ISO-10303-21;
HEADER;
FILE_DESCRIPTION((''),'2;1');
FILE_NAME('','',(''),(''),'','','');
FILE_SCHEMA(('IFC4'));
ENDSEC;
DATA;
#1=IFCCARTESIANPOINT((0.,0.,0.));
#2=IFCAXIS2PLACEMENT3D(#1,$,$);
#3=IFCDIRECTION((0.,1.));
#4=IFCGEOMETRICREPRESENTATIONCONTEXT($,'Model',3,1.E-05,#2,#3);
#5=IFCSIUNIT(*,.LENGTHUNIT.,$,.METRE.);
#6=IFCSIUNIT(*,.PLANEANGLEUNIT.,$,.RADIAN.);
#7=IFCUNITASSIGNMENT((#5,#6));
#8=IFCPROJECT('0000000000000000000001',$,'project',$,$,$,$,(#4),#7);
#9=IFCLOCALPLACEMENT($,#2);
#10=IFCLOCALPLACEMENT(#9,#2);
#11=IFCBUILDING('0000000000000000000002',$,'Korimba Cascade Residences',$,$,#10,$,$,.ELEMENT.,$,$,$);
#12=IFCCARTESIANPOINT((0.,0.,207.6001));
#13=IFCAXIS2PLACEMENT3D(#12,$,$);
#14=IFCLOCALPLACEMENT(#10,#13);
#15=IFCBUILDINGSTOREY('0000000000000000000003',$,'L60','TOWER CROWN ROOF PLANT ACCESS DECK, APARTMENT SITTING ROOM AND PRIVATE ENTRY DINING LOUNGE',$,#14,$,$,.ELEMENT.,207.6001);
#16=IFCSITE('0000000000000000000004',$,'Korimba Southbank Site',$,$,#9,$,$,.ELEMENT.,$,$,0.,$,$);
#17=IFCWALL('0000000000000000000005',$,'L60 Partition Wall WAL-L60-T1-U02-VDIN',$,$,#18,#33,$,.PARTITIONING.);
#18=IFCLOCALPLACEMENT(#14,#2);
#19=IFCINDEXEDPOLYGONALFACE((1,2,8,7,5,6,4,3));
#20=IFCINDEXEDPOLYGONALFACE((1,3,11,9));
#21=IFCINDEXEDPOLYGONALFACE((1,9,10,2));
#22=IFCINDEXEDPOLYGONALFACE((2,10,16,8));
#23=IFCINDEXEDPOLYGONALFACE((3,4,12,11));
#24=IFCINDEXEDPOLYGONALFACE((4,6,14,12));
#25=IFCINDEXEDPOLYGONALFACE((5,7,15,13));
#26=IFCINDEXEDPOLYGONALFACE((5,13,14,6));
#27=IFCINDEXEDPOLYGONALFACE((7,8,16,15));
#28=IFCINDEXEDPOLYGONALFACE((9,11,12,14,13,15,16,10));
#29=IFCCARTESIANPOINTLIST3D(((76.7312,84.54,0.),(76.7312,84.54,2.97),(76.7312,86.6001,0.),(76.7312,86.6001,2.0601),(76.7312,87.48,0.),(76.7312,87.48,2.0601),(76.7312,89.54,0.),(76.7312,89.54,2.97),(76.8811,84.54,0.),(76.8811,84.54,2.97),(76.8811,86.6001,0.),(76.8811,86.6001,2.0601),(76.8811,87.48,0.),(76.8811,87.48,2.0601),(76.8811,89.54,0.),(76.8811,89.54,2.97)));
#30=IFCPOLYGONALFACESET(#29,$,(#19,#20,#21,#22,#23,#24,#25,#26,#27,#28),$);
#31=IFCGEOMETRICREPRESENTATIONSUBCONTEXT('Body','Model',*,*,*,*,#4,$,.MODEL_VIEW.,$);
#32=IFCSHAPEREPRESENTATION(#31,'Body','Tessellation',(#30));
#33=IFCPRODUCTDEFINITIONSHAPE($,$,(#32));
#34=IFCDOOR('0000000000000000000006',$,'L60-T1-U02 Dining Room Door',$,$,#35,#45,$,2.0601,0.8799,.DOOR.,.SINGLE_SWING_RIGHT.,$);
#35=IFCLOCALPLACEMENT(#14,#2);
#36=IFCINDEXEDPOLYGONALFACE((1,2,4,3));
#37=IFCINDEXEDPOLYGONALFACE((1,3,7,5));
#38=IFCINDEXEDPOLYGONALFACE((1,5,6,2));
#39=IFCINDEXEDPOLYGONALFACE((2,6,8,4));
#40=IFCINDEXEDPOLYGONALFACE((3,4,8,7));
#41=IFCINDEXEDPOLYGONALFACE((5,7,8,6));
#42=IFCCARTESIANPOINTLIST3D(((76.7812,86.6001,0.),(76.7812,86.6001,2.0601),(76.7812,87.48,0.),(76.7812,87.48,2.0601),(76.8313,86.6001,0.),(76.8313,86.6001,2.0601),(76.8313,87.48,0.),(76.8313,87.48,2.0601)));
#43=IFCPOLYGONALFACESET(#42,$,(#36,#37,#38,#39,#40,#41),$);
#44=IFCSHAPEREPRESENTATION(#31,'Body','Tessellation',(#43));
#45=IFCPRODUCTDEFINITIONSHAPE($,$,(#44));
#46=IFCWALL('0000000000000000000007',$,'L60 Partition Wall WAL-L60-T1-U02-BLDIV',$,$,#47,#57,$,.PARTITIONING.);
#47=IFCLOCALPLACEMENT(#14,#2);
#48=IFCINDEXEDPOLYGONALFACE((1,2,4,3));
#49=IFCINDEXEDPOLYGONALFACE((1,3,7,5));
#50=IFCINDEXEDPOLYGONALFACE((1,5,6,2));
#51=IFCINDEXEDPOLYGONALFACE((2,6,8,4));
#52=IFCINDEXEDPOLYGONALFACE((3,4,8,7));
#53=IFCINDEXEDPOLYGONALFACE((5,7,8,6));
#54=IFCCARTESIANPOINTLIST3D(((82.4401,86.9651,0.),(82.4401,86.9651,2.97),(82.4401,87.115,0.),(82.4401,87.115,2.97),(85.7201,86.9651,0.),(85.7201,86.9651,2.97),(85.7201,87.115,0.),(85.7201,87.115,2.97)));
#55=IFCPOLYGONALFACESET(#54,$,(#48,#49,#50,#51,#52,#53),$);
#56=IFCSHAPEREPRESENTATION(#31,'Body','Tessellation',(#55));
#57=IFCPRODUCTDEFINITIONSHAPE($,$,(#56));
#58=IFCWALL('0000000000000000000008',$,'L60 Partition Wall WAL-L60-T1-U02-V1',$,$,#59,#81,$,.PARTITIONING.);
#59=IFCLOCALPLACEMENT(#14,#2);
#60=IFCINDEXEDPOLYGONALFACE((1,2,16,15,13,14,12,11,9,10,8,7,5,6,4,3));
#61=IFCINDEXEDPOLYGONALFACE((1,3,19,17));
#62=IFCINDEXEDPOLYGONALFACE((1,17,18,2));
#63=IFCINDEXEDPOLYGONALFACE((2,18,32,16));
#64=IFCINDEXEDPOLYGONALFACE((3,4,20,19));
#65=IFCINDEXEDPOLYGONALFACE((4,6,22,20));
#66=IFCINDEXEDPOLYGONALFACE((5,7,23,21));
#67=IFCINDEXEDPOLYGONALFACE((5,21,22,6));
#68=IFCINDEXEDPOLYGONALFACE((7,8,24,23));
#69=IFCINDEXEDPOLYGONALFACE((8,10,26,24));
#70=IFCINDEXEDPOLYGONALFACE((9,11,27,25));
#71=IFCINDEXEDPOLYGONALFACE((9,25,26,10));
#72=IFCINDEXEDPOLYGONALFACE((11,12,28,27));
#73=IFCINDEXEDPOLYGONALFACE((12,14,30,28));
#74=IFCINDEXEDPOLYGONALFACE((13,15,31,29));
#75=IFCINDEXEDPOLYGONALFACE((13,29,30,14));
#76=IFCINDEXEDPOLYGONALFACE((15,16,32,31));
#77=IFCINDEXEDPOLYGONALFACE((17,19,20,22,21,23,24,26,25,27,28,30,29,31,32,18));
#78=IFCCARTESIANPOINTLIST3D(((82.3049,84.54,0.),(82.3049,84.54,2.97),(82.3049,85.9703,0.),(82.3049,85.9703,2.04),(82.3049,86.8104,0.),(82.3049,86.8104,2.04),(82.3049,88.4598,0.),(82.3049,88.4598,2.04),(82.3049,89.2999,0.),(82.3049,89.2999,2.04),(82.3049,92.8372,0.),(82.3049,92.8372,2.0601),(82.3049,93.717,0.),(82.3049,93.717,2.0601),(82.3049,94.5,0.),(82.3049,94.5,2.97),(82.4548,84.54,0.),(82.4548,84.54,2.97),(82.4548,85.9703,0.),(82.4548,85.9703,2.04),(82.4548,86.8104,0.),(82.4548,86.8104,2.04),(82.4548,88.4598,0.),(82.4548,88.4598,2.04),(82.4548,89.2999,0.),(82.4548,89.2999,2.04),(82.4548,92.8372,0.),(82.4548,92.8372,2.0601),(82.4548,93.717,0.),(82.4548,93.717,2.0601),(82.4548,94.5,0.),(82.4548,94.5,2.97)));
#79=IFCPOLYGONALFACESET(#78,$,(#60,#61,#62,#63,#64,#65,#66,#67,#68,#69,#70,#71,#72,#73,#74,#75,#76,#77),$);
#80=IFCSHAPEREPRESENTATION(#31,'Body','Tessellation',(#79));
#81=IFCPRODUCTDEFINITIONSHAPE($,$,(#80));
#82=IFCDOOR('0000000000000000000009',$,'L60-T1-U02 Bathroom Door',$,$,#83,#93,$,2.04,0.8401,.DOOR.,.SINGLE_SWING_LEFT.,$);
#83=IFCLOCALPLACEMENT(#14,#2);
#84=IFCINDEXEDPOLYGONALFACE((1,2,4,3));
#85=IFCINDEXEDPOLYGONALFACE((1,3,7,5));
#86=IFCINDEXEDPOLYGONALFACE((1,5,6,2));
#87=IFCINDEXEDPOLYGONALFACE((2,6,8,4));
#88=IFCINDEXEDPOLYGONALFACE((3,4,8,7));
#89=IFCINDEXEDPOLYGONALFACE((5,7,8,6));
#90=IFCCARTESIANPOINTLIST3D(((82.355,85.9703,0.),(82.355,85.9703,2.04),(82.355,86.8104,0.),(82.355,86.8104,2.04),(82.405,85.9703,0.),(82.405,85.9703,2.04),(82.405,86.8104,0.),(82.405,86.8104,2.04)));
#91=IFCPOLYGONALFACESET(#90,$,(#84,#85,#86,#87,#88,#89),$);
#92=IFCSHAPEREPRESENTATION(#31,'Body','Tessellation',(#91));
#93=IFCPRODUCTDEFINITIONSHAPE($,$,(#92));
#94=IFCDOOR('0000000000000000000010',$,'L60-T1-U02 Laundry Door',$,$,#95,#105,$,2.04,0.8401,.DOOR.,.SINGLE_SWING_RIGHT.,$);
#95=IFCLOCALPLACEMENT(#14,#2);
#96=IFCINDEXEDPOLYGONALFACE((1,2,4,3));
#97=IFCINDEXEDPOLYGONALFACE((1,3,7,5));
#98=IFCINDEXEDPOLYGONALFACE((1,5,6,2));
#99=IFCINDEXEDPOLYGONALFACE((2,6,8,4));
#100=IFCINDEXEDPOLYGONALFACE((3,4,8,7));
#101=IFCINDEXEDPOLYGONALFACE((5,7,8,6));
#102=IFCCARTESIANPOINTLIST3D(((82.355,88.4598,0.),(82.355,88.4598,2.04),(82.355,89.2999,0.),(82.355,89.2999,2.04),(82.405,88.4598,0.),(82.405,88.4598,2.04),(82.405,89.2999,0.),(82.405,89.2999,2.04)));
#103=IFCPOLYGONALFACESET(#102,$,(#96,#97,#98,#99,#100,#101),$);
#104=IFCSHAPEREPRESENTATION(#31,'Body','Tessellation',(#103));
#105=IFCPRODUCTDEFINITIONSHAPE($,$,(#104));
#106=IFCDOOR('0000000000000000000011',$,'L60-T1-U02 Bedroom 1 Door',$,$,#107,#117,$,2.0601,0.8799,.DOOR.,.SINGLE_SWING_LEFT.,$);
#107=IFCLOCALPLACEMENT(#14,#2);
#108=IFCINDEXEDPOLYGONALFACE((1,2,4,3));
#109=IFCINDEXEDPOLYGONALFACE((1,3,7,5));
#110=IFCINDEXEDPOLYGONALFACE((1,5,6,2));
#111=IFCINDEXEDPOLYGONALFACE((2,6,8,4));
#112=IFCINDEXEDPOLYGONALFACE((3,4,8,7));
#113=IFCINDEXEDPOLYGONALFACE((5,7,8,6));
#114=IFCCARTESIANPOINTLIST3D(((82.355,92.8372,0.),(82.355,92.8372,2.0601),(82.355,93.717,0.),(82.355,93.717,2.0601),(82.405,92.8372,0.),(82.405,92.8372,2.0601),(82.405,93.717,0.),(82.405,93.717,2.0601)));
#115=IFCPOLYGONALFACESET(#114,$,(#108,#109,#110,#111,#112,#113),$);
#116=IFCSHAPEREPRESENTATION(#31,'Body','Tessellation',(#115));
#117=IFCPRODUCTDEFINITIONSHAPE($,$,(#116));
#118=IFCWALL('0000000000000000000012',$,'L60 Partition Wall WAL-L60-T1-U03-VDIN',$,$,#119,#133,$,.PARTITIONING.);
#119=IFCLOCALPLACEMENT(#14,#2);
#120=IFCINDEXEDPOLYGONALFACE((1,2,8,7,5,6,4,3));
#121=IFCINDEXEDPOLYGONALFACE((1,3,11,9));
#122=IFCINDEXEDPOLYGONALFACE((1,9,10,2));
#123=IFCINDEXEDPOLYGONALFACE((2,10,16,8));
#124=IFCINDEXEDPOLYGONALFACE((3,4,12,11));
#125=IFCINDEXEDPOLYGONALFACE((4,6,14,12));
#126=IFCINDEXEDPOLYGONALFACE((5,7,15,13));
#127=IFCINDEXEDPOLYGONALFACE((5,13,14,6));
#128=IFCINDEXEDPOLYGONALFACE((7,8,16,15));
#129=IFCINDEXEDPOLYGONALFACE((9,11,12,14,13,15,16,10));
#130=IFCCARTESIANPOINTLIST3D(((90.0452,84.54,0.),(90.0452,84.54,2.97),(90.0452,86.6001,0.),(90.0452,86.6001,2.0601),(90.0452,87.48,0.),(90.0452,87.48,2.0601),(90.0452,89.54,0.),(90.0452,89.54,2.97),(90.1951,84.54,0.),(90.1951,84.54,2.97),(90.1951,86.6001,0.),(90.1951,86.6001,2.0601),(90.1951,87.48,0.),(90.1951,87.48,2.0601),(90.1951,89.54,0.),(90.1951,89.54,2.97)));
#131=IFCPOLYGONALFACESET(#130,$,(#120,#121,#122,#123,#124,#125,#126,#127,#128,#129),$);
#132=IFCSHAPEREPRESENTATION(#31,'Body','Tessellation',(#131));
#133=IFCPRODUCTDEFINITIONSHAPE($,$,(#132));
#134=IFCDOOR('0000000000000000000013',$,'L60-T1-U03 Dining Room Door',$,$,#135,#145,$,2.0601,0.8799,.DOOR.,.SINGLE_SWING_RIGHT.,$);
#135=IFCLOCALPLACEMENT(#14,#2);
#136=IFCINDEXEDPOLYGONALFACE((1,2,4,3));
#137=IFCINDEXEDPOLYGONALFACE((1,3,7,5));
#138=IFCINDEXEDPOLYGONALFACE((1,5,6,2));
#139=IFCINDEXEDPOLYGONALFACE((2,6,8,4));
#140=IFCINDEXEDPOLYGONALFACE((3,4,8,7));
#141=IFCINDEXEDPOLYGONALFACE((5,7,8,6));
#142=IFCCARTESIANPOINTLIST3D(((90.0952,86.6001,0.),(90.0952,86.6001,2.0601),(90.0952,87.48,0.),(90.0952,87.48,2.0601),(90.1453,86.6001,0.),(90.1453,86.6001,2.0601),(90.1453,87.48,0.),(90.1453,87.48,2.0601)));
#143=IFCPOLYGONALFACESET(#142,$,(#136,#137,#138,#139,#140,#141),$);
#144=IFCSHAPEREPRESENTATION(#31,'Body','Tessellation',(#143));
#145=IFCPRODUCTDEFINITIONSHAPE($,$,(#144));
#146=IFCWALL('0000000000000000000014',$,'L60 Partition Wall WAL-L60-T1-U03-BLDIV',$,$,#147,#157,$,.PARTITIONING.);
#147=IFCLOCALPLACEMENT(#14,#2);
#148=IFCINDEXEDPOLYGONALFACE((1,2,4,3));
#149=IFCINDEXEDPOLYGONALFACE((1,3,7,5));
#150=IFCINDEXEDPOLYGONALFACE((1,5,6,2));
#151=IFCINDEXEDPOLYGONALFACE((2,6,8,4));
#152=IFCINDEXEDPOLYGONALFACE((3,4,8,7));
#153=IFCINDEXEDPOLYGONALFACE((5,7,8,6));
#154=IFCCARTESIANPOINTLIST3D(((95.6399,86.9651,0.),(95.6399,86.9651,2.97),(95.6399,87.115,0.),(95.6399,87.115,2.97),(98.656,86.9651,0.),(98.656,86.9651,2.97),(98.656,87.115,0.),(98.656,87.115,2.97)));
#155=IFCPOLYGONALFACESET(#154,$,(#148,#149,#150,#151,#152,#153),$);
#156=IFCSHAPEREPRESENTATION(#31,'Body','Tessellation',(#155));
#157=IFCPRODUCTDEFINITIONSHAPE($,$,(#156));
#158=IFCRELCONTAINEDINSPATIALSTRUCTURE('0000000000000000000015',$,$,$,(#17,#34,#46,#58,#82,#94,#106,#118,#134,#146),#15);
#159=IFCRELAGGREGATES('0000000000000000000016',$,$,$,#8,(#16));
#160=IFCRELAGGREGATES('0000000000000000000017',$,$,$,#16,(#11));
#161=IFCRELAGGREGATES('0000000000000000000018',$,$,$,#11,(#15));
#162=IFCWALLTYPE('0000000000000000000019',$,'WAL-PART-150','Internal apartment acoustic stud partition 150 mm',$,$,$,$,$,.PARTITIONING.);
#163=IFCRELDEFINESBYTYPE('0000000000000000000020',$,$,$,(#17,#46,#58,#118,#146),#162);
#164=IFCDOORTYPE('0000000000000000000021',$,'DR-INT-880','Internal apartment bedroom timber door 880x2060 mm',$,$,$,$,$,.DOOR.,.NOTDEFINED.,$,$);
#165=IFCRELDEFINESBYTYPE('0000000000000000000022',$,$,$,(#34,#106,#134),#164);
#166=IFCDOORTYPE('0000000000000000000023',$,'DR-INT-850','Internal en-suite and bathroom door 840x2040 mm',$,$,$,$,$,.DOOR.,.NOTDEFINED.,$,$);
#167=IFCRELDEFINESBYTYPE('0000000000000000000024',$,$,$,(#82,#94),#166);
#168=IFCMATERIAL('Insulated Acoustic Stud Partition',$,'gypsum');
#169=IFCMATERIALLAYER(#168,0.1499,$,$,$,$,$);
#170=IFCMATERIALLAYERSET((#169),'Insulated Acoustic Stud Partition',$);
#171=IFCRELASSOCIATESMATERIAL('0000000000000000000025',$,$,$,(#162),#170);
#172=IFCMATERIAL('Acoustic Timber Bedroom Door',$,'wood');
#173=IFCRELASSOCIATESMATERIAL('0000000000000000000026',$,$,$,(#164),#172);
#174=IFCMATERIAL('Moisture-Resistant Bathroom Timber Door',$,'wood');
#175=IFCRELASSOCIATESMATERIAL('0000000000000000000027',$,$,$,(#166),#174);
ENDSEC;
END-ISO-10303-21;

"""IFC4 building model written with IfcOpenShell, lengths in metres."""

from ifc_helpers import new_model, si_unit, direction, frame, frame_2d, origin, place, context, subcontext, project, spatial, rectangle, extrude, material, layer, layer_set, type_object, element, fill, save


model = new_model("IFC4")

# Units and contexts
model_context = context("Model", 3, precision=1e-05, world=origin(), true_north=direction((0.0, 1.0)))
body_context = subcontext(model_context, "Body", "Model", "MODEL_VIEW")
ifc_project = project(units=[si_unit("LENGTHUNIT", "METRE"), si_unit("PLANEANGLEUNIT", "RADIAN")], contexts=[model_context])

# Site, building, storey
site_placement = place(None, origin())
site = spatial("IfcSite", under=ifc_project, at=site_placement, Name="Korimba Southbank Site", CompositionType="ELEMENT", RefElevation=0.0)
building_placement = place(site_placement, origin())
building = spatial("IfcBuilding", under=site, at=building_placement, Name="Korimba Cascade Residences", CompositionType="ELEMENT")
storey_placement = place(building_placement, frame((0.0, 0.0, 207.6001)))
storey = spatial("IfcBuildingStorey", under=building, at=storey_placement, Name="L60", Description="TOWER CROWN ROOF PLANT ACCESS DECK, APARTMENT SITTING ROOM AND PRIVATE ENTRY DINING LOUNGE", CompositionType="ELEMENT", Elevation=207.6001)

# Wall, opening, door
ifc_material_1 = material(Name="Insulated Acoustic Stud Partition", Category="gypsum")
ifc_layer = layer(ifc_material_1, 0.1499)
ifc_layer_set = layer_set([ifc_layer], Name="Insulated Acoustic Stud Partition")
wall_type = type_object("IfcWallType", Name="WAL-PART-150", Description="Internal apartment acoustic stud partition 150 mm", PredefinedType="PARTITIONING", material=ifc_layer_set)
wall_1_placement = place(storey_placement, frame((76.8062, 84.54, 0.0), z_axis=(0.0, 0.0, 1.0), x_axis=(0.0, 1.0, 0.0)))
wall_1 = element("IfcWall", 1, at=wall_1_placement, inside=storey, type_object=wall_type, Name="L60 Partition Wall WAL-L60-T1-U02-VDIN", PredefinedType="PARTITIONING", context=body_context, shape_type="SweptSolid", body=[
    extrude(rectangle(XDim=5.0, YDim=0.1499, at=frame_2d((2.5, 0.0))), origin(), (0.0, 0.0, 1.0), 2.97),
])
opening_1_placement = place(wall_1_placement, frame((2.0601, 0.0, 0.0)))
opening_1 = element("IfcOpeningElement", 2, at=opening_1_placement, cuts=wall_1, PredefinedType="OPENING", context=body_context, shape_type="SweptSolid", body=[
    extrude(rectangle(XDim=0.8799, YDim=2.0601, at=frame_2d((0.4399, 1.03))), frame((0.0, 0.085, 0.0), z_axis=(0.0, -1.0, 0.0), x_axis=(1.0, 0.0, 0.0)), (0.0, 0.0, 1.0), 0.1699),
])
ifc_material_2 = material(Name="Acoustic Timber Bedroom Door", Category="wood")
door_type_1 = type_object("IfcDoorType", Name="DR-INT-880", Description="Internal apartment bedroom timber door 880x2060 mm", OperationType="NOTDEFINED", PredefinedType="DOOR", material=ifc_material_2)
door_1_placement = place(opening_1_placement, origin())
door_1 = element("IfcDoor", 3, at=door_1_placement, inside=storey, type_object=door_type_1, Name="L60-T1-U02 Dining Room Door", OperationType="SINGLE_SWING_RIGHT", OverallHeight=2.0601, OverallWidth=0.8799, PredefinedType="DOOR", context=body_context, shape_type="SweptSolid", body=[
    extrude(rectangle(XDim=0.8799, YDim=2.0601, at=frame_2d((0.4399, 1.03))), frame((0.0, 0.0249, 0.0), z_axis=(0.0, -1.0, 0.0), x_axis=(1.0, 0.0, 0.0)), (0.0, 0.0, 1.0), 0.05),
])
fill(opening_1, door_1)

# Wall
wall_2_placement = place(storey_placement, frame((82.4399, 87.04, 0.0), z_axis=(0.0, 0.0, 1.0), x_axis=(1.0, 0.0, 0.0)))
element("IfcWall", 4, at=wall_2_placement, inside=storey, type_object=wall_type, Name="L60 Partition Wall WAL-L60-T1-U02-BLDIV", PredefinedType="PARTITIONING", context=body_context, shape_type="SweptSolid", body=[
    extrude(rectangle(XDim=3.28, YDim=0.1499, at=frame_2d((1.6401, 0.0))), origin(), (0.0, 0.0, 1.0), 2.97),
])

# Wall, openings, doors
wall_3_placement = place(storey_placement, frame((82.3799, 84.54, 0.0), z_axis=(0.0, 0.0, 1.0), x_axis=(0.0, 1.0, 0.0)))
wall_3 = element("IfcWall", 5, at=wall_3_placement, inside=storey, type_object=wall_type, Name="L60 Partition Wall WAL-L60-T1-U02-V1", PredefinedType="PARTITIONING", context=body_context, shape_type="SweptSolid", body=[
    extrude(rectangle(XDim=9.96, YDim=0.1499, at=frame_2d((4.98, 0.0))), origin(), (0.0, 0.0, 1.0), 2.97),
])
opening_2_placement = place(wall_3_placement, frame((1.4304, 0.0, 0.0)))
opening_2 = element("IfcOpeningElement", 6, at=opening_2_placement, cuts=wall_3, PredefinedType="OPENING", context=body_context, shape_type="SweptSolid", body=[
    extrude(rectangle(XDim=0.8401, YDim=2.04, at=frame_2d((0.4199, 1.02))), frame((0.0, 0.085, 0.0), z_axis=(0.0, -1.0, 0.0), x_axis=(1.0, 0.0, 0.0)), (0.0, 0.0, 1.0), 0.1699),
])
opening_3_placement = place(wall_3_placement, frame((3.9199, 0.0, 0.0)))
opening_3 = element("IfcOpeningElement", 7, at=opening_3_placement, cuts=wall_3, PredefinedType="OPENING", context=body_context, shape_type="SweptSolid", body=[
    extrude(rectangle(XDim=0.8401, YDim=2.04, at=frame_2d((0.4199, 1.02))), frame((0.0, 0.085, 0.0), z_axis=(0.0, -1.0, 0.0), x_axis=(1.0, 0.0, 0.0)), (0.0, 0.0, 1.0), 0.1699),
])
opening_4_placement = place(wall_3_placement, frame((8.2971, 0.0, 0.0)))
opening_4 = element("IfcOpeningElement", 8, at=opening_4_placement, cuts=wall_3, PredefinedType="OPENING", context=body_context, shape_type="SweptSolid", body=[
    extrude(rectangle(XDim=0.8799, YDim=2.0601, at=frame_2d((0.4399, 1.03))), frame((0.0, 0.085, 0.0), z_axis=(0.0, -1.0, 0.0), x_axis=(1.0, 0.0, 0.0)), (0.0, 0.0, 1.0), 0.1699),
])
ifc_material_3 = material(Name="Moisture-Resistant Bathroom Timber Door", Category="wood")
door_type_2 = type_object("IfcDoorType", Name="DR-INT-850", Description="Internal en-suite and bathroom door 840x2040 mm", OperationType="NOTDEFINED", PredefinedType="DOOR", material=ifc_material_3)
door_2_placement = place(opening_2_placement, origin())
door_2 = element("IfcDoor", 9, at=door_2_placement, inside=storey, type_object=door_type_2, Name="L60-T1-U02 Bathroom Door", OperationType="SINGLE_SWING_LEFT", OverallHeight=2.04, OverallWidth=0.8401, PredefinedType="DOOR", context=body_context, shape_type="SweptSolid", body=[
    extrude(rectangle(XDim=0.8401, YDim=2.04, at=frame_2d((0.4199, 1.02))), frame((0.0, 0.0249, 0.0), z_axis=(0.0, -1.0, 0.0), x_axis=(1.0, 0.0, 0.0)), (0.0, 0.0, 1.0), 0.05),
])
fill(opening_2, door_2)
door_3_placement = place(opening_3_placement, origin())
door_3 = element("IfcDoor", 10, at=door_3_placement, inside=storey, type_object=door_type_2, Name="L60-T1-U02 Laundry Door", OperationType="SINGLE_SWING_RIGHT", OverallHeight=2.04, OverallWidth=0.8401, PredefinedType="DOOR", context=body_context, shape_type="SweptSolid", body=[
    extrude(rectangle(XDim=0.8401, YDim=2.04, at=frame_2d((0.4199, 1.02))), frame((0.0, 0.0249, 0.0), z_axis=(0.0, -1.0, 0.0), x_axis=(1.0, 0.0, 0.0)), (0.0, 0.0, 1.0), 0.05),
])
fill(opening_3, door_3)
door_4_placement = place(opening_4_placement, origin())
door_4 = element("IfcDoor", 11, at=door_4_placement, inside=storey, type_object=door_type_1, Name="L60-T1-U02 Bedroom 1 Door", OperationType="SINGLE_SWING_LEFT", OverallHeight=2.0601, OverallWidth=0.8799, PredefinedType="DOOR", context=body_context, shape_type="SweptSolid", body=[
    extrude(rectangle(XDim=0.8799, YDim=2.0601, at=frame_2d((0.4399, 1.03))), frame((0.0, 0.0249, 0.0), z_axis=(0.0, -1.0, 0.0), x_axis=(1.0, 0.0, 0.0)), (0.0, 0.0, 1.0), 0.05),
])
fill(opening_4, door_4)

# Wall, opening, door
wall_4_placement = place(storey_placement, frame((90.1201, 84.54, 0.0), z_axis=(0.0, 0.0, 1.0), x_axis=(0.0, 1.0, 0.0)))
wall_4 = element("IfcWall", 12, at=wall_4_placement, inside=storey, type_object=wall_type, Name="L60 Partition Wall WAL-L60-T1-U03-VDIN", PredefinedType="PARTITIONING", context=body_context, shape_type="SweptSolid", body=[
    extrude(rectangle(XDim=5.0, YDim=0.1499, at=frame_2d((2.5, 0.0))), origin(), (0.0, 0.0, 1.0), 2.97),
])
opening_5_placement = place(wall_4_placement, frame((2.0601, 0.0, 0.0)))
opening_5 = element("IfcOpeningElement", 13, at=opening_5_placement, cuts=wall_4, PredefinedType="OPENING", context=body_context, shape_type="SweptSolid", body=[
    extrude(rectangle(XDim=0.8799, YDim=2.0601, at=frame_2d((0.4399, 1.03))), frame((0.0, 0.085, 0.0), z_axis=(0.0, -1.0, 0.0), x_axis=(1.0, 0.0, 0.0)), (0.0, 0.0, 1.0), 0.1699),
])
door_5_placement = place(opening_5_placement, origin())
door_5 = element("IfcDoor", 14, at=door_5_placement, inside=storey, type_object=door_type_1, Name="L60-T1-U03 Dining Room Door", OperationType="SINGLE_SWING_RIGHT", OverallHeight=2.0601, OverallWidth=0.8799, PredefinedType="DOOR", context=body_context, shape_type="SweptSolid", body=[
    extrude(rectangle(XDim=0.8799, YDim=2.0601, at=frame_2d((0.4399, 1.03))), frame((0.0, 0.0249, 0.0), z_axis=(0.0, -1.0, 0.0), x_axis=(1.0, 0.0, 0.0)), (0.0, 0.0, 1.0), 0.05),
])
fill(opening_5, door_5)

# Wall
wall_5_placement = place(storey_placement, frame((95.6399, 87.04, 0.0), z_axis=(0.0, 0.0, 1.0), x_axis=(1.0, 0.0, 0.0)))
element("IfcWall", 15, at=wall_5_placement, inside=storey, type_object=wall_type, Name="L60 Partition Wall WAL-L60-T1-U03-BLDIV", PredefinedType="PARTITIONING", context=body_context, shape_type="SweptSolid", body=[
    extrude(rectangle(XDim=3.0161, YDim=0.1499, at=frame_2d((1.5081, 0.0))), origin(), (0.0, 0.0, 1.0), 2.97),
])

save(model, "model.ifc")
